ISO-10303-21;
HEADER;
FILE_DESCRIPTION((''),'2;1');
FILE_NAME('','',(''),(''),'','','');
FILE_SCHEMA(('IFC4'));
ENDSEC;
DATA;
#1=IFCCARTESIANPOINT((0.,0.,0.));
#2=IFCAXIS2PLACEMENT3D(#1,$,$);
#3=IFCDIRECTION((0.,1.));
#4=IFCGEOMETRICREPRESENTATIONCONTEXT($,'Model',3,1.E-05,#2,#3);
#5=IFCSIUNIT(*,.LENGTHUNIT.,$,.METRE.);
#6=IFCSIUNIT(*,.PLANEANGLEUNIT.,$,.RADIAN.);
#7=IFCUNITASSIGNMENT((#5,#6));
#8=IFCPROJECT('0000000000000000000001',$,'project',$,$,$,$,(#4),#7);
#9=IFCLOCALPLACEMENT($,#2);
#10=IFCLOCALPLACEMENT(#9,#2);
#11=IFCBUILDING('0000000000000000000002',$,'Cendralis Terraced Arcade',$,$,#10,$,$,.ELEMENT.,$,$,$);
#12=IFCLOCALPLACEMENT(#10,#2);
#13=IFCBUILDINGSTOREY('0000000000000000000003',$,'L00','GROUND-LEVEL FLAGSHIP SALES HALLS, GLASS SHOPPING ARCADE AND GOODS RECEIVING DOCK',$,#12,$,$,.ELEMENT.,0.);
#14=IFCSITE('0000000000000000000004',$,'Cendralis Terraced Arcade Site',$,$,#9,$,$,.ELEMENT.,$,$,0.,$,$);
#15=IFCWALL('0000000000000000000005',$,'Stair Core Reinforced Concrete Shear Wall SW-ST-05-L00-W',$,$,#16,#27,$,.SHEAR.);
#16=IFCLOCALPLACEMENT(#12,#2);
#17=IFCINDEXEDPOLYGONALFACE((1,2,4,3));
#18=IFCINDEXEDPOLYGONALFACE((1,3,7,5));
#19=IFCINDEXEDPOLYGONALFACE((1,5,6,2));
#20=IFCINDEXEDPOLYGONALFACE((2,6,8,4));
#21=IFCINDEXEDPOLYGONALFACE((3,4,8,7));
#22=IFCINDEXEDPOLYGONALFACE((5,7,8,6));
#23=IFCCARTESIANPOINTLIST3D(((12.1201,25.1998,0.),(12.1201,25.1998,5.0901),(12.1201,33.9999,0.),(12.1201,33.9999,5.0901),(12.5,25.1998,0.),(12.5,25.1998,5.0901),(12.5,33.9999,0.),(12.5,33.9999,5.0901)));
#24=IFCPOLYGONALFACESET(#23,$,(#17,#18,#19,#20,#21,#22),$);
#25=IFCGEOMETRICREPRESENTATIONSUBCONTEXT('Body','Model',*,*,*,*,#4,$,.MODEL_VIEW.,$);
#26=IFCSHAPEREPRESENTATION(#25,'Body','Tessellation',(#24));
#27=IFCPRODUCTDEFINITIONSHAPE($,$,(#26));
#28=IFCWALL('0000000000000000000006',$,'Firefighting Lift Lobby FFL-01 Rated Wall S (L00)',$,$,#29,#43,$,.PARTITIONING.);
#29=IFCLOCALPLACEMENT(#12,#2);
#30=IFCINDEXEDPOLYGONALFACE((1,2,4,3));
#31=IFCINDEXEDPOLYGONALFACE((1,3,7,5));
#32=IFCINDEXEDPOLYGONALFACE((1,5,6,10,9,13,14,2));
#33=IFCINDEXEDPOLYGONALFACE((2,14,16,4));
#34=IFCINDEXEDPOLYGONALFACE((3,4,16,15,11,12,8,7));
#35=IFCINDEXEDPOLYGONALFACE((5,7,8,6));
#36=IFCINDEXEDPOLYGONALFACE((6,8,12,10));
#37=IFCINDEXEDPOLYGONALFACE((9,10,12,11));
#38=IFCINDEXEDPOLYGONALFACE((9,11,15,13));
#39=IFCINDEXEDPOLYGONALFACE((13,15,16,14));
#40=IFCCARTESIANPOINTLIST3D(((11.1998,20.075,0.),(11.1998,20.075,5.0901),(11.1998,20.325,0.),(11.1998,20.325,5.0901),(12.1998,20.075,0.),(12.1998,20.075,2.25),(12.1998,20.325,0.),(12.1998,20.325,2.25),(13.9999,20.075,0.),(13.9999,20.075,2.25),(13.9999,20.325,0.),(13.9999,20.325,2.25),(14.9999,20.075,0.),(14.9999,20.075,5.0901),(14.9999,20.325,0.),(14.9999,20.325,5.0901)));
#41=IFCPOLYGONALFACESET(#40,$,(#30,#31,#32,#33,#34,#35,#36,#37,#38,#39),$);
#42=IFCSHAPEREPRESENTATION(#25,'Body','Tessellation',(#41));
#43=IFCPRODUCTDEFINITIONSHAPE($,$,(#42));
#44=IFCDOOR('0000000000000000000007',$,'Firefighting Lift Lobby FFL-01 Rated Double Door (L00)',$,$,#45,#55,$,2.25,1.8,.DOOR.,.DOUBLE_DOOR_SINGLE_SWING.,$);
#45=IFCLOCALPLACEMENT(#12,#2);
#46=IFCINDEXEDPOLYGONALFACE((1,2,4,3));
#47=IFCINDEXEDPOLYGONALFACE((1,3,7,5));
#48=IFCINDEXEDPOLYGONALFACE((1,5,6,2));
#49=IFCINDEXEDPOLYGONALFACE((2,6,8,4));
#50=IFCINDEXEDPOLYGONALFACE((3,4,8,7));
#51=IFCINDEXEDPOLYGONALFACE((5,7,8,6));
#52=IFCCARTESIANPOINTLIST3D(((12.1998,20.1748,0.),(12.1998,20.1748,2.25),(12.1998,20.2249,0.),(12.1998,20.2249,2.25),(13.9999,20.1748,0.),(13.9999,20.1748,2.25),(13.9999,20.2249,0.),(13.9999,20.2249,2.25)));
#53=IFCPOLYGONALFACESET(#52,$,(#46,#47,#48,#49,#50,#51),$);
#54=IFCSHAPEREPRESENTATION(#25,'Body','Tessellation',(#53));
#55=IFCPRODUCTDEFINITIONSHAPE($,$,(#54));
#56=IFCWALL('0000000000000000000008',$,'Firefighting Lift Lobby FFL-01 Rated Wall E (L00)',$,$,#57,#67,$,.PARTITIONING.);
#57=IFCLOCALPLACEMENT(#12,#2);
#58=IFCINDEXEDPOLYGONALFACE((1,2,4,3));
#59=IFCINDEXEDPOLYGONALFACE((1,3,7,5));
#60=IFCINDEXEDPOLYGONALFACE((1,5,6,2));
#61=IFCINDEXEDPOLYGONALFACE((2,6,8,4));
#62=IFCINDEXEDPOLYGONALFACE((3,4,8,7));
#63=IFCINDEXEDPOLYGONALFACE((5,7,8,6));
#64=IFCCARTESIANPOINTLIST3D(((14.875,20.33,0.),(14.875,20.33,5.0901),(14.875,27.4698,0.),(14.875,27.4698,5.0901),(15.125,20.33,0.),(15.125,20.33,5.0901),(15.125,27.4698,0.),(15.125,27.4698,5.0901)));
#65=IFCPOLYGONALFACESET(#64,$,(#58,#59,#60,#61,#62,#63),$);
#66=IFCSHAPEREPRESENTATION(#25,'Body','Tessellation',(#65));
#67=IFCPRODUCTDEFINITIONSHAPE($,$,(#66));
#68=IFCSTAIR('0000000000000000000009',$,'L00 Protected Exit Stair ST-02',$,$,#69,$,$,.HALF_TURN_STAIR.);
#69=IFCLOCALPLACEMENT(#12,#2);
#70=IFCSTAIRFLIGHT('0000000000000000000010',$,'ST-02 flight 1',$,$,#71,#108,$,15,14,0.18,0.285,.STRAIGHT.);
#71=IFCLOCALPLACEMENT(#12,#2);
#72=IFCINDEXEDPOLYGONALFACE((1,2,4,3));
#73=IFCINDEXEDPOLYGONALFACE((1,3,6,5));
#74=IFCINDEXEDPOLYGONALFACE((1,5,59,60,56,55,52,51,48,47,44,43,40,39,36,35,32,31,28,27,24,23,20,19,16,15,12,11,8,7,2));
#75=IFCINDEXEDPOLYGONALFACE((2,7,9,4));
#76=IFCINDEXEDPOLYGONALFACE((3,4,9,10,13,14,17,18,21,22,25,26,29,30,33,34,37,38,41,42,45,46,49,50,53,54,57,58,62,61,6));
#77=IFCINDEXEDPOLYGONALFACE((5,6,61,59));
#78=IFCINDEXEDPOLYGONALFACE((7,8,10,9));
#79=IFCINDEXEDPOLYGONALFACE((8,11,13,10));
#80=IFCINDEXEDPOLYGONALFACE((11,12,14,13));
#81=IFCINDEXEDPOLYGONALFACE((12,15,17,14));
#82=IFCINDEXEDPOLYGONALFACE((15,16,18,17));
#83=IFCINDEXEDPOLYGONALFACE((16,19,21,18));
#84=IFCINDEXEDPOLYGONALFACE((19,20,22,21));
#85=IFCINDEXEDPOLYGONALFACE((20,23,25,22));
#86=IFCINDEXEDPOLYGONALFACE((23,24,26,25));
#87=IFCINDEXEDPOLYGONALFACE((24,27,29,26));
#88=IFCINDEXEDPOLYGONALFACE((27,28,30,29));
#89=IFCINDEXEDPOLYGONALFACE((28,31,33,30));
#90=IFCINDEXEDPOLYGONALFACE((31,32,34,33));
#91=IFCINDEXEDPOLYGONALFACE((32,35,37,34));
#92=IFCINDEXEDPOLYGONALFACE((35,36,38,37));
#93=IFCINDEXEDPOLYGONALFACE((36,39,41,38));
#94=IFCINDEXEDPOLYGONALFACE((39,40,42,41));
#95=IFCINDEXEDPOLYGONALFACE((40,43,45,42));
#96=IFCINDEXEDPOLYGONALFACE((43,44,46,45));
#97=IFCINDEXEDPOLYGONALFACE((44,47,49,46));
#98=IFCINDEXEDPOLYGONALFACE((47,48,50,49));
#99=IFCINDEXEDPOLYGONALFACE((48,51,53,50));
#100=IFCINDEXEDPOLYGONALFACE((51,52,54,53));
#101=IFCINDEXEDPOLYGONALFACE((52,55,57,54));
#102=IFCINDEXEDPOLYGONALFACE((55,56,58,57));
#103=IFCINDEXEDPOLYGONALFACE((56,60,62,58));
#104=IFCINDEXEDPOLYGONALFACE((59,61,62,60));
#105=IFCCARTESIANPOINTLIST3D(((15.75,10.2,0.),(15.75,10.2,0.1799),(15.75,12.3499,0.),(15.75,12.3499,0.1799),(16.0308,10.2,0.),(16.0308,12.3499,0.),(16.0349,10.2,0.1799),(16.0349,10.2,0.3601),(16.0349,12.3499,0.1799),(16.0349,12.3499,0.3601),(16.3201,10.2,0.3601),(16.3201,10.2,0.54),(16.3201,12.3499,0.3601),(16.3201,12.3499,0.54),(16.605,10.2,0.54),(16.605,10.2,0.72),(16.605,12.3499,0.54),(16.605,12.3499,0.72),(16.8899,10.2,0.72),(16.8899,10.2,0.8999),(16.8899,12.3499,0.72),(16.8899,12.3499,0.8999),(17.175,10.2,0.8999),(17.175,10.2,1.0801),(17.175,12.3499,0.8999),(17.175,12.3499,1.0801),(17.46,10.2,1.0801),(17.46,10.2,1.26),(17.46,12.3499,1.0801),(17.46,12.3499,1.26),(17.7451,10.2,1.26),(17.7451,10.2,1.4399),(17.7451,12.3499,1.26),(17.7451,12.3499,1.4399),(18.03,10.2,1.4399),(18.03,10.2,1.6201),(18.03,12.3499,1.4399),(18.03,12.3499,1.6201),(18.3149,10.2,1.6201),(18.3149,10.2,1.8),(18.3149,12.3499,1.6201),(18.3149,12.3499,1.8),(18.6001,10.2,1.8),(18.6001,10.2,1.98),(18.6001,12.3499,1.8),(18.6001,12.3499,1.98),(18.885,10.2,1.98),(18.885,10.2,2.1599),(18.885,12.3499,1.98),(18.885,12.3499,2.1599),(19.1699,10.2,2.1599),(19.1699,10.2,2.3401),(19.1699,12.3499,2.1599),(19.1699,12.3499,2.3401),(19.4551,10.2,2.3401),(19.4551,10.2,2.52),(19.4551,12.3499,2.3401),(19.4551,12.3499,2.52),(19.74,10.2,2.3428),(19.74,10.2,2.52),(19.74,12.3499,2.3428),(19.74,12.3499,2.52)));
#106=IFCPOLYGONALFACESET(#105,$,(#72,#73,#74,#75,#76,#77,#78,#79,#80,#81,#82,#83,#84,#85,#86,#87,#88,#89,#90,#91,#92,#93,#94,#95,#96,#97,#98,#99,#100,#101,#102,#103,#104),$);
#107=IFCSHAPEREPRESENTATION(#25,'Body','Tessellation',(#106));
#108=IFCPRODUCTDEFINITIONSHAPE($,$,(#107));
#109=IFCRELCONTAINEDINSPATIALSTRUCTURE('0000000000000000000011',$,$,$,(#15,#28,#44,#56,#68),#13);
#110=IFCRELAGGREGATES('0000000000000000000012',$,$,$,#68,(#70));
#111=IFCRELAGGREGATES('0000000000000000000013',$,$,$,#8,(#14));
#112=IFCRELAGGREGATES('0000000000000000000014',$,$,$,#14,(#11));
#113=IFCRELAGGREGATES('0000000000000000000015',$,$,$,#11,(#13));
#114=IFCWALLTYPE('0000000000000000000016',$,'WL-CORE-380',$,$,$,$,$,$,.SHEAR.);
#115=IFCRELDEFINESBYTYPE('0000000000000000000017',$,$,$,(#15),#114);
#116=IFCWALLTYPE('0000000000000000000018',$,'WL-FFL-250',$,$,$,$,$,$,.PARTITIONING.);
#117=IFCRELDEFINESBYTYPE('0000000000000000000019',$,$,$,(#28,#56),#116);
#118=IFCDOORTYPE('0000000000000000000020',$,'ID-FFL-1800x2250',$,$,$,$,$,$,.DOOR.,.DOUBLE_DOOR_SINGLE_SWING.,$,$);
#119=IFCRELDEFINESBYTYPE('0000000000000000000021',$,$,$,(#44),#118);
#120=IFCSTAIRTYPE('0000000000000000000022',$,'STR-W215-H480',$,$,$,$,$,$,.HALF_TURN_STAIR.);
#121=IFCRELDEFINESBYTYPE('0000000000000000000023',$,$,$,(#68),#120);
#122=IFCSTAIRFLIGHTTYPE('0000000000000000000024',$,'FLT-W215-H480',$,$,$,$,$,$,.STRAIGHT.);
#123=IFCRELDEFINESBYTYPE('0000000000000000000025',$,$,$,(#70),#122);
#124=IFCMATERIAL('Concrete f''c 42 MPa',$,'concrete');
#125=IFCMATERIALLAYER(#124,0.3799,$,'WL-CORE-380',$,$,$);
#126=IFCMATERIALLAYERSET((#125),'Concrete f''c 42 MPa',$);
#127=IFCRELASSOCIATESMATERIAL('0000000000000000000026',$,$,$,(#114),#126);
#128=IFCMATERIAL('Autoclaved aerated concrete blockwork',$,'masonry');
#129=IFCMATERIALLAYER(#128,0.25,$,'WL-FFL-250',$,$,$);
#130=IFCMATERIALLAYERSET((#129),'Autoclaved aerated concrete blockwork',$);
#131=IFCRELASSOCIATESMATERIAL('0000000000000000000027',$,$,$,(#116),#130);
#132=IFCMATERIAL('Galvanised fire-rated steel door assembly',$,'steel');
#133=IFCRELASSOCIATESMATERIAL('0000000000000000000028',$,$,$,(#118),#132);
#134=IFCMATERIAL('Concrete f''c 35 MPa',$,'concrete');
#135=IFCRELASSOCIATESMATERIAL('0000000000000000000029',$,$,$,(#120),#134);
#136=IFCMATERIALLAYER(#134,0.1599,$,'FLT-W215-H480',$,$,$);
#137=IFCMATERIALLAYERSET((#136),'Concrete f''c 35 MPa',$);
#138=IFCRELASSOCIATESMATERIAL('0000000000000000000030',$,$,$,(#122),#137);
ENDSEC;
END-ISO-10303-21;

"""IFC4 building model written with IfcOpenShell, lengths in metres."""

from ifc_helpers import new_model, si_unit, direction, frame, frame_2d, origin, place, context, subcontext, project, spatial, polyline, rectangle, outline, extrude, material, layer, layer_set, type_object, element, fill, aggregate, save


model = new_model("IFC4")

# Units and contexts
model_context = context("Model", 3, precision=1e-05, world=origin(), true_north=direction((0.0, 1.0)))
body_context = subcontext(model_context, "Body", "Model", "MODEL_VIEW")
ifc_project = project(units=[si_unit("LENGTHUNIT", "METRE"), si_unit("PLANEANGLEUNIT", "RADIAN")], contexts=[model_context])

# Site, building, storey
site_placement = place(None, origin())
site = spatial("IfcSite", under=ifc_project, at=site_placement, Name="Cendralis Terraced Arcade Site", CompositionType="ELEMENT", RefElevation=0.0)
building_placement = place(site_placement, origin())
building = spatial("IfcBuilding", under=site, at=building_placement, Name="Cendralis Terraced Arcade", CompositionType="ELEMENT")
storey_placement = place(building_placement, origin())
storey = spatial("IfcBuildingStorey", under=building, at=storey_placement, Name="L00", Description="GROUND-LEVEL FLAGSHIP SALES HALLS, GLASS SHOPPING ARCADE AND GOODS RECEIVING DOCK", CompositionType="ELEMENT", Elevation=0.0)

# Shared definitions
ifc_material_1 = material(Name="Concrete f'c 42 MPa", Category="concrete")

# Shared definitions
ifc_material_2 = material(Name="Concrete f'c 35 MPa", Category="concrete")

# Shared definitions
ifc_layer_1 = layer(ifc_material_1, 0.3799, Name="WL-CORE-380")
ifc_layer_set_1 = layer_set([ifc_layer_1], Name="Concrete f'c 42 MPa")
wall_type_1 = type_object("IfcWallType", Name="WL-CORE-380", PredefinedType="SHEAR", material=ifc_layer_set_1)
ifc_material_3 = material(Name="Galvanised fire-rated steel door assembly", Category="steel")

# Wall
wall_1_placement = place(storey_placement, frame((12.3101, 25.2, 0.0), z_axis=(0.0, 0.0, 1.0), x_axis=(0.0, 1.0, 0.0)))
element("IfcWall", 1, at=wall_1_placement, inside=storey, type_object=wall_type_1, Name="Stair Core Reinforced Concrete Shear Wall SW-ST-05-L00-W", PredefinedType="SHEAR", context=body_context, shape_type="SweptSolid", body=[
    extrude(rectangle(XDim=8.8, YDim=0.3799, at=frame_2d((4.3999, 0.0))), origin(), (0.0, 0.0, 1.0), 5.0901),
])

# Wall, opening, door
ifc_material_4 = material(Name="Autoclaved aerated concrete blockwork", Category="masonry")
ifc_layer_2 = layer(ifc_material_4, 0.25, Name="WL-FFL-250")
ifc_layer_set_2 = layer_set([ifc_layer_2], Name="Autoclaved aerated concrete blockwork")
wall_type_2 = type_object("IfcWallType", Name="WL-FFL-250", PredefinedType="PARTITIONING", material=ifc_layer_set_2)
wall_2_placement = place(storey_placement, frame((11.2, 20.2, 0.0), z_axis=(0.0, 0.0, 1.0), x_axis=(1.0, 0.0, 0.0)))
wall_2 = element("IfcWall", 2, at=wall_2_placement, inside=storey, type_object=wall_type_2, Name="Firefighting Lift Lobby FFL-01 Rated Wall S (L00)", PredefinedType="PARTITIONING", context=body_context, shape_type="SweptSolid", body=[
    extrude(rectangle(XDim=3.8, YDim=0.25, at=frame_2d((1.8999, 0.0))), origin(), (0.0, 0.0, 1.0), 5.0901),
])
opening_1_placement = place(wall_2_placement, frame((1.0, 0.0, 0.0)))
opening_1 = element("IfcOpeningElement", 3, at=opening_1_placement, cuts=wall_2, PredefinedType="OPENING", context=body_context, shape_type="SweptSolid", body=[
    extrude(rectangle(XDim=1.8, YDim=2.25, at=frame_2d((0.8999, 1.125))), frame((0.0, 0.137, 0.0), z_axis=(0.0, -1.0, 0.0), x_axis=(1.0, 0.0, 0.0)), (0.0, 0.0, 1.0), 0.2739),
])
door_type_1 = type_object("IfcDoorType", Name="ID-FFL-1800x2250", OperationType="DOUBLE_DOOR_SINGLE_SWING", PredefinedType="DOOR", material=ifc_material_3)
door_1_placement = place(opening_1_placement, origin())
door_1 = element("IfcDoor", 4, at=door_1_placement, inside=storey, type_object=door_type_1, Name="Firefighting Lift Lobby FFL-01 Rated Double Door (L00)", OperationType="DOUBLE_DOOR_SINGLE_SWING", OverallHeight=2.25, OverallWidth=1.8, PredefinedType="DOOR", context=body_context, shape_type="SweptSolid", body=[
    extrude(rectangle(XDim=1.8, YDim=2.25, at=frame_2d((0.8999, 1.125))), frame((0.0, 0.0249, 0.0), z_axis=(0.0, -1.0, 0.0), x_axis=(1.0, 0.0, 0.0)), (0.0, 0.0, 1.0), 0.05),
])
fill(opening_1, door_1)

# Wall
wall_3_placement = place(storey_placement, frame((15.0, 20.3301, 0.0), z_axis=(0.0, 0.0, 1.0), x_axis=(0.0, 1.0, 0.0)))
element("IfcWall", 5, at=wall_3_placement, inside=storey, type_object=wall_type_2, Name="Firefighting Lift Lobby FFL-01 Rated Wall E (L00)", PredefinedType="PARTITIONING", context=body_context, shape_type="SweptSolid", body=[
    extrude(rectangle(XDim=7.1399, YDim=0.25, at=frame_2d((3.5698, 0.0))), origin(), (0.0, 0.0, 1.0), 5.0901),
])

# Stair, stair flight
stair_type = type_object("IfcStairType", Name="STR-W215-H480", PredefinedType="HALF_TURN_STAIR", material=ifc_material_2)
stair_placement = place(storey_placement, origin())
stair = element("IfcStair", 6, at=stair_placement, inside=storey, type_object=stair_type, Name="L00 Protected Exit Stair ST-02", PredefinedType="HALF_TURN_STAIR")
ifc_layer_3 = layer(ifc_material_2, 0.1599, Name="FLT-W215-H480")
ifc_layer_set_3 = layer_set([ifc_layer_3], Name="Concrete f'c 35 MPa")
stair_flight_type = type_object("IfcStairFlightType", Name="FLT-W215-H480", PredefinedType="STRAIGHT", material=ifc_layer_set_3)
stair_flight_placement = place(storey_placement, frame((15.75, 11.2749, 0.0), z_axis=(0.0, 0.0, 1.0), x_axis=(1.0, 0.0, 0.0)))
stair_flight = element("IfcStairFlight", 7, at=stair_flight_placement, type_object=stair_flight_type, Name="ST-02 flight 1", NumberOfRisers=15, NumberOfTreads=14, PredefinedType="STRAIGHT", RiserHeight=0.18, TreadLength=0.285, context=body_context, shape_type="SweptSolid", body=[
    extrude(outline(polyline([(0.0, 0.0), (0.0, 0.1799), (0.2849, 0.1799), (0.2849, 0.3601), (0.5701, 0.3601), (0.5701, 0.54), (0.855, 0.54), (0.855, 0.72), (1.1399, 0.72), (1.1399, 0.8999), (1.425, 0.8999), (1.425, 1.0801), (1.71, 1.0801), (1.71, 1.26), (1.9951, 1.26), (1.9951, 1.4399), (2.28, 1.4399), (2.28, 1.6201), (2.5649, 1.6201), (2.5649, 1.8), (2.8501, 1.8), (2.8501, 1.98), (3.135, 1.98), (3.135, 2.1599), (3.4199, 2.1599), (3.4199, 2.3401), (3.7051, 2.3401), (3.7051, 2.52), (3.99, 2.52), (3.99, 2.7), (3.99, 2.3428), (0.2808, 0.0), (0.0, 0.0)])), frame((0.0, 1.075, 0.0), z_axis=(0.0, -1.0, 0.0), x_axis=(1.0, 0.0, 0.0)), (0.0, 0.0, 1.0), 2.1499),
])
aggregate(stair, [stair_flight])

save(model, "model.ifc")
